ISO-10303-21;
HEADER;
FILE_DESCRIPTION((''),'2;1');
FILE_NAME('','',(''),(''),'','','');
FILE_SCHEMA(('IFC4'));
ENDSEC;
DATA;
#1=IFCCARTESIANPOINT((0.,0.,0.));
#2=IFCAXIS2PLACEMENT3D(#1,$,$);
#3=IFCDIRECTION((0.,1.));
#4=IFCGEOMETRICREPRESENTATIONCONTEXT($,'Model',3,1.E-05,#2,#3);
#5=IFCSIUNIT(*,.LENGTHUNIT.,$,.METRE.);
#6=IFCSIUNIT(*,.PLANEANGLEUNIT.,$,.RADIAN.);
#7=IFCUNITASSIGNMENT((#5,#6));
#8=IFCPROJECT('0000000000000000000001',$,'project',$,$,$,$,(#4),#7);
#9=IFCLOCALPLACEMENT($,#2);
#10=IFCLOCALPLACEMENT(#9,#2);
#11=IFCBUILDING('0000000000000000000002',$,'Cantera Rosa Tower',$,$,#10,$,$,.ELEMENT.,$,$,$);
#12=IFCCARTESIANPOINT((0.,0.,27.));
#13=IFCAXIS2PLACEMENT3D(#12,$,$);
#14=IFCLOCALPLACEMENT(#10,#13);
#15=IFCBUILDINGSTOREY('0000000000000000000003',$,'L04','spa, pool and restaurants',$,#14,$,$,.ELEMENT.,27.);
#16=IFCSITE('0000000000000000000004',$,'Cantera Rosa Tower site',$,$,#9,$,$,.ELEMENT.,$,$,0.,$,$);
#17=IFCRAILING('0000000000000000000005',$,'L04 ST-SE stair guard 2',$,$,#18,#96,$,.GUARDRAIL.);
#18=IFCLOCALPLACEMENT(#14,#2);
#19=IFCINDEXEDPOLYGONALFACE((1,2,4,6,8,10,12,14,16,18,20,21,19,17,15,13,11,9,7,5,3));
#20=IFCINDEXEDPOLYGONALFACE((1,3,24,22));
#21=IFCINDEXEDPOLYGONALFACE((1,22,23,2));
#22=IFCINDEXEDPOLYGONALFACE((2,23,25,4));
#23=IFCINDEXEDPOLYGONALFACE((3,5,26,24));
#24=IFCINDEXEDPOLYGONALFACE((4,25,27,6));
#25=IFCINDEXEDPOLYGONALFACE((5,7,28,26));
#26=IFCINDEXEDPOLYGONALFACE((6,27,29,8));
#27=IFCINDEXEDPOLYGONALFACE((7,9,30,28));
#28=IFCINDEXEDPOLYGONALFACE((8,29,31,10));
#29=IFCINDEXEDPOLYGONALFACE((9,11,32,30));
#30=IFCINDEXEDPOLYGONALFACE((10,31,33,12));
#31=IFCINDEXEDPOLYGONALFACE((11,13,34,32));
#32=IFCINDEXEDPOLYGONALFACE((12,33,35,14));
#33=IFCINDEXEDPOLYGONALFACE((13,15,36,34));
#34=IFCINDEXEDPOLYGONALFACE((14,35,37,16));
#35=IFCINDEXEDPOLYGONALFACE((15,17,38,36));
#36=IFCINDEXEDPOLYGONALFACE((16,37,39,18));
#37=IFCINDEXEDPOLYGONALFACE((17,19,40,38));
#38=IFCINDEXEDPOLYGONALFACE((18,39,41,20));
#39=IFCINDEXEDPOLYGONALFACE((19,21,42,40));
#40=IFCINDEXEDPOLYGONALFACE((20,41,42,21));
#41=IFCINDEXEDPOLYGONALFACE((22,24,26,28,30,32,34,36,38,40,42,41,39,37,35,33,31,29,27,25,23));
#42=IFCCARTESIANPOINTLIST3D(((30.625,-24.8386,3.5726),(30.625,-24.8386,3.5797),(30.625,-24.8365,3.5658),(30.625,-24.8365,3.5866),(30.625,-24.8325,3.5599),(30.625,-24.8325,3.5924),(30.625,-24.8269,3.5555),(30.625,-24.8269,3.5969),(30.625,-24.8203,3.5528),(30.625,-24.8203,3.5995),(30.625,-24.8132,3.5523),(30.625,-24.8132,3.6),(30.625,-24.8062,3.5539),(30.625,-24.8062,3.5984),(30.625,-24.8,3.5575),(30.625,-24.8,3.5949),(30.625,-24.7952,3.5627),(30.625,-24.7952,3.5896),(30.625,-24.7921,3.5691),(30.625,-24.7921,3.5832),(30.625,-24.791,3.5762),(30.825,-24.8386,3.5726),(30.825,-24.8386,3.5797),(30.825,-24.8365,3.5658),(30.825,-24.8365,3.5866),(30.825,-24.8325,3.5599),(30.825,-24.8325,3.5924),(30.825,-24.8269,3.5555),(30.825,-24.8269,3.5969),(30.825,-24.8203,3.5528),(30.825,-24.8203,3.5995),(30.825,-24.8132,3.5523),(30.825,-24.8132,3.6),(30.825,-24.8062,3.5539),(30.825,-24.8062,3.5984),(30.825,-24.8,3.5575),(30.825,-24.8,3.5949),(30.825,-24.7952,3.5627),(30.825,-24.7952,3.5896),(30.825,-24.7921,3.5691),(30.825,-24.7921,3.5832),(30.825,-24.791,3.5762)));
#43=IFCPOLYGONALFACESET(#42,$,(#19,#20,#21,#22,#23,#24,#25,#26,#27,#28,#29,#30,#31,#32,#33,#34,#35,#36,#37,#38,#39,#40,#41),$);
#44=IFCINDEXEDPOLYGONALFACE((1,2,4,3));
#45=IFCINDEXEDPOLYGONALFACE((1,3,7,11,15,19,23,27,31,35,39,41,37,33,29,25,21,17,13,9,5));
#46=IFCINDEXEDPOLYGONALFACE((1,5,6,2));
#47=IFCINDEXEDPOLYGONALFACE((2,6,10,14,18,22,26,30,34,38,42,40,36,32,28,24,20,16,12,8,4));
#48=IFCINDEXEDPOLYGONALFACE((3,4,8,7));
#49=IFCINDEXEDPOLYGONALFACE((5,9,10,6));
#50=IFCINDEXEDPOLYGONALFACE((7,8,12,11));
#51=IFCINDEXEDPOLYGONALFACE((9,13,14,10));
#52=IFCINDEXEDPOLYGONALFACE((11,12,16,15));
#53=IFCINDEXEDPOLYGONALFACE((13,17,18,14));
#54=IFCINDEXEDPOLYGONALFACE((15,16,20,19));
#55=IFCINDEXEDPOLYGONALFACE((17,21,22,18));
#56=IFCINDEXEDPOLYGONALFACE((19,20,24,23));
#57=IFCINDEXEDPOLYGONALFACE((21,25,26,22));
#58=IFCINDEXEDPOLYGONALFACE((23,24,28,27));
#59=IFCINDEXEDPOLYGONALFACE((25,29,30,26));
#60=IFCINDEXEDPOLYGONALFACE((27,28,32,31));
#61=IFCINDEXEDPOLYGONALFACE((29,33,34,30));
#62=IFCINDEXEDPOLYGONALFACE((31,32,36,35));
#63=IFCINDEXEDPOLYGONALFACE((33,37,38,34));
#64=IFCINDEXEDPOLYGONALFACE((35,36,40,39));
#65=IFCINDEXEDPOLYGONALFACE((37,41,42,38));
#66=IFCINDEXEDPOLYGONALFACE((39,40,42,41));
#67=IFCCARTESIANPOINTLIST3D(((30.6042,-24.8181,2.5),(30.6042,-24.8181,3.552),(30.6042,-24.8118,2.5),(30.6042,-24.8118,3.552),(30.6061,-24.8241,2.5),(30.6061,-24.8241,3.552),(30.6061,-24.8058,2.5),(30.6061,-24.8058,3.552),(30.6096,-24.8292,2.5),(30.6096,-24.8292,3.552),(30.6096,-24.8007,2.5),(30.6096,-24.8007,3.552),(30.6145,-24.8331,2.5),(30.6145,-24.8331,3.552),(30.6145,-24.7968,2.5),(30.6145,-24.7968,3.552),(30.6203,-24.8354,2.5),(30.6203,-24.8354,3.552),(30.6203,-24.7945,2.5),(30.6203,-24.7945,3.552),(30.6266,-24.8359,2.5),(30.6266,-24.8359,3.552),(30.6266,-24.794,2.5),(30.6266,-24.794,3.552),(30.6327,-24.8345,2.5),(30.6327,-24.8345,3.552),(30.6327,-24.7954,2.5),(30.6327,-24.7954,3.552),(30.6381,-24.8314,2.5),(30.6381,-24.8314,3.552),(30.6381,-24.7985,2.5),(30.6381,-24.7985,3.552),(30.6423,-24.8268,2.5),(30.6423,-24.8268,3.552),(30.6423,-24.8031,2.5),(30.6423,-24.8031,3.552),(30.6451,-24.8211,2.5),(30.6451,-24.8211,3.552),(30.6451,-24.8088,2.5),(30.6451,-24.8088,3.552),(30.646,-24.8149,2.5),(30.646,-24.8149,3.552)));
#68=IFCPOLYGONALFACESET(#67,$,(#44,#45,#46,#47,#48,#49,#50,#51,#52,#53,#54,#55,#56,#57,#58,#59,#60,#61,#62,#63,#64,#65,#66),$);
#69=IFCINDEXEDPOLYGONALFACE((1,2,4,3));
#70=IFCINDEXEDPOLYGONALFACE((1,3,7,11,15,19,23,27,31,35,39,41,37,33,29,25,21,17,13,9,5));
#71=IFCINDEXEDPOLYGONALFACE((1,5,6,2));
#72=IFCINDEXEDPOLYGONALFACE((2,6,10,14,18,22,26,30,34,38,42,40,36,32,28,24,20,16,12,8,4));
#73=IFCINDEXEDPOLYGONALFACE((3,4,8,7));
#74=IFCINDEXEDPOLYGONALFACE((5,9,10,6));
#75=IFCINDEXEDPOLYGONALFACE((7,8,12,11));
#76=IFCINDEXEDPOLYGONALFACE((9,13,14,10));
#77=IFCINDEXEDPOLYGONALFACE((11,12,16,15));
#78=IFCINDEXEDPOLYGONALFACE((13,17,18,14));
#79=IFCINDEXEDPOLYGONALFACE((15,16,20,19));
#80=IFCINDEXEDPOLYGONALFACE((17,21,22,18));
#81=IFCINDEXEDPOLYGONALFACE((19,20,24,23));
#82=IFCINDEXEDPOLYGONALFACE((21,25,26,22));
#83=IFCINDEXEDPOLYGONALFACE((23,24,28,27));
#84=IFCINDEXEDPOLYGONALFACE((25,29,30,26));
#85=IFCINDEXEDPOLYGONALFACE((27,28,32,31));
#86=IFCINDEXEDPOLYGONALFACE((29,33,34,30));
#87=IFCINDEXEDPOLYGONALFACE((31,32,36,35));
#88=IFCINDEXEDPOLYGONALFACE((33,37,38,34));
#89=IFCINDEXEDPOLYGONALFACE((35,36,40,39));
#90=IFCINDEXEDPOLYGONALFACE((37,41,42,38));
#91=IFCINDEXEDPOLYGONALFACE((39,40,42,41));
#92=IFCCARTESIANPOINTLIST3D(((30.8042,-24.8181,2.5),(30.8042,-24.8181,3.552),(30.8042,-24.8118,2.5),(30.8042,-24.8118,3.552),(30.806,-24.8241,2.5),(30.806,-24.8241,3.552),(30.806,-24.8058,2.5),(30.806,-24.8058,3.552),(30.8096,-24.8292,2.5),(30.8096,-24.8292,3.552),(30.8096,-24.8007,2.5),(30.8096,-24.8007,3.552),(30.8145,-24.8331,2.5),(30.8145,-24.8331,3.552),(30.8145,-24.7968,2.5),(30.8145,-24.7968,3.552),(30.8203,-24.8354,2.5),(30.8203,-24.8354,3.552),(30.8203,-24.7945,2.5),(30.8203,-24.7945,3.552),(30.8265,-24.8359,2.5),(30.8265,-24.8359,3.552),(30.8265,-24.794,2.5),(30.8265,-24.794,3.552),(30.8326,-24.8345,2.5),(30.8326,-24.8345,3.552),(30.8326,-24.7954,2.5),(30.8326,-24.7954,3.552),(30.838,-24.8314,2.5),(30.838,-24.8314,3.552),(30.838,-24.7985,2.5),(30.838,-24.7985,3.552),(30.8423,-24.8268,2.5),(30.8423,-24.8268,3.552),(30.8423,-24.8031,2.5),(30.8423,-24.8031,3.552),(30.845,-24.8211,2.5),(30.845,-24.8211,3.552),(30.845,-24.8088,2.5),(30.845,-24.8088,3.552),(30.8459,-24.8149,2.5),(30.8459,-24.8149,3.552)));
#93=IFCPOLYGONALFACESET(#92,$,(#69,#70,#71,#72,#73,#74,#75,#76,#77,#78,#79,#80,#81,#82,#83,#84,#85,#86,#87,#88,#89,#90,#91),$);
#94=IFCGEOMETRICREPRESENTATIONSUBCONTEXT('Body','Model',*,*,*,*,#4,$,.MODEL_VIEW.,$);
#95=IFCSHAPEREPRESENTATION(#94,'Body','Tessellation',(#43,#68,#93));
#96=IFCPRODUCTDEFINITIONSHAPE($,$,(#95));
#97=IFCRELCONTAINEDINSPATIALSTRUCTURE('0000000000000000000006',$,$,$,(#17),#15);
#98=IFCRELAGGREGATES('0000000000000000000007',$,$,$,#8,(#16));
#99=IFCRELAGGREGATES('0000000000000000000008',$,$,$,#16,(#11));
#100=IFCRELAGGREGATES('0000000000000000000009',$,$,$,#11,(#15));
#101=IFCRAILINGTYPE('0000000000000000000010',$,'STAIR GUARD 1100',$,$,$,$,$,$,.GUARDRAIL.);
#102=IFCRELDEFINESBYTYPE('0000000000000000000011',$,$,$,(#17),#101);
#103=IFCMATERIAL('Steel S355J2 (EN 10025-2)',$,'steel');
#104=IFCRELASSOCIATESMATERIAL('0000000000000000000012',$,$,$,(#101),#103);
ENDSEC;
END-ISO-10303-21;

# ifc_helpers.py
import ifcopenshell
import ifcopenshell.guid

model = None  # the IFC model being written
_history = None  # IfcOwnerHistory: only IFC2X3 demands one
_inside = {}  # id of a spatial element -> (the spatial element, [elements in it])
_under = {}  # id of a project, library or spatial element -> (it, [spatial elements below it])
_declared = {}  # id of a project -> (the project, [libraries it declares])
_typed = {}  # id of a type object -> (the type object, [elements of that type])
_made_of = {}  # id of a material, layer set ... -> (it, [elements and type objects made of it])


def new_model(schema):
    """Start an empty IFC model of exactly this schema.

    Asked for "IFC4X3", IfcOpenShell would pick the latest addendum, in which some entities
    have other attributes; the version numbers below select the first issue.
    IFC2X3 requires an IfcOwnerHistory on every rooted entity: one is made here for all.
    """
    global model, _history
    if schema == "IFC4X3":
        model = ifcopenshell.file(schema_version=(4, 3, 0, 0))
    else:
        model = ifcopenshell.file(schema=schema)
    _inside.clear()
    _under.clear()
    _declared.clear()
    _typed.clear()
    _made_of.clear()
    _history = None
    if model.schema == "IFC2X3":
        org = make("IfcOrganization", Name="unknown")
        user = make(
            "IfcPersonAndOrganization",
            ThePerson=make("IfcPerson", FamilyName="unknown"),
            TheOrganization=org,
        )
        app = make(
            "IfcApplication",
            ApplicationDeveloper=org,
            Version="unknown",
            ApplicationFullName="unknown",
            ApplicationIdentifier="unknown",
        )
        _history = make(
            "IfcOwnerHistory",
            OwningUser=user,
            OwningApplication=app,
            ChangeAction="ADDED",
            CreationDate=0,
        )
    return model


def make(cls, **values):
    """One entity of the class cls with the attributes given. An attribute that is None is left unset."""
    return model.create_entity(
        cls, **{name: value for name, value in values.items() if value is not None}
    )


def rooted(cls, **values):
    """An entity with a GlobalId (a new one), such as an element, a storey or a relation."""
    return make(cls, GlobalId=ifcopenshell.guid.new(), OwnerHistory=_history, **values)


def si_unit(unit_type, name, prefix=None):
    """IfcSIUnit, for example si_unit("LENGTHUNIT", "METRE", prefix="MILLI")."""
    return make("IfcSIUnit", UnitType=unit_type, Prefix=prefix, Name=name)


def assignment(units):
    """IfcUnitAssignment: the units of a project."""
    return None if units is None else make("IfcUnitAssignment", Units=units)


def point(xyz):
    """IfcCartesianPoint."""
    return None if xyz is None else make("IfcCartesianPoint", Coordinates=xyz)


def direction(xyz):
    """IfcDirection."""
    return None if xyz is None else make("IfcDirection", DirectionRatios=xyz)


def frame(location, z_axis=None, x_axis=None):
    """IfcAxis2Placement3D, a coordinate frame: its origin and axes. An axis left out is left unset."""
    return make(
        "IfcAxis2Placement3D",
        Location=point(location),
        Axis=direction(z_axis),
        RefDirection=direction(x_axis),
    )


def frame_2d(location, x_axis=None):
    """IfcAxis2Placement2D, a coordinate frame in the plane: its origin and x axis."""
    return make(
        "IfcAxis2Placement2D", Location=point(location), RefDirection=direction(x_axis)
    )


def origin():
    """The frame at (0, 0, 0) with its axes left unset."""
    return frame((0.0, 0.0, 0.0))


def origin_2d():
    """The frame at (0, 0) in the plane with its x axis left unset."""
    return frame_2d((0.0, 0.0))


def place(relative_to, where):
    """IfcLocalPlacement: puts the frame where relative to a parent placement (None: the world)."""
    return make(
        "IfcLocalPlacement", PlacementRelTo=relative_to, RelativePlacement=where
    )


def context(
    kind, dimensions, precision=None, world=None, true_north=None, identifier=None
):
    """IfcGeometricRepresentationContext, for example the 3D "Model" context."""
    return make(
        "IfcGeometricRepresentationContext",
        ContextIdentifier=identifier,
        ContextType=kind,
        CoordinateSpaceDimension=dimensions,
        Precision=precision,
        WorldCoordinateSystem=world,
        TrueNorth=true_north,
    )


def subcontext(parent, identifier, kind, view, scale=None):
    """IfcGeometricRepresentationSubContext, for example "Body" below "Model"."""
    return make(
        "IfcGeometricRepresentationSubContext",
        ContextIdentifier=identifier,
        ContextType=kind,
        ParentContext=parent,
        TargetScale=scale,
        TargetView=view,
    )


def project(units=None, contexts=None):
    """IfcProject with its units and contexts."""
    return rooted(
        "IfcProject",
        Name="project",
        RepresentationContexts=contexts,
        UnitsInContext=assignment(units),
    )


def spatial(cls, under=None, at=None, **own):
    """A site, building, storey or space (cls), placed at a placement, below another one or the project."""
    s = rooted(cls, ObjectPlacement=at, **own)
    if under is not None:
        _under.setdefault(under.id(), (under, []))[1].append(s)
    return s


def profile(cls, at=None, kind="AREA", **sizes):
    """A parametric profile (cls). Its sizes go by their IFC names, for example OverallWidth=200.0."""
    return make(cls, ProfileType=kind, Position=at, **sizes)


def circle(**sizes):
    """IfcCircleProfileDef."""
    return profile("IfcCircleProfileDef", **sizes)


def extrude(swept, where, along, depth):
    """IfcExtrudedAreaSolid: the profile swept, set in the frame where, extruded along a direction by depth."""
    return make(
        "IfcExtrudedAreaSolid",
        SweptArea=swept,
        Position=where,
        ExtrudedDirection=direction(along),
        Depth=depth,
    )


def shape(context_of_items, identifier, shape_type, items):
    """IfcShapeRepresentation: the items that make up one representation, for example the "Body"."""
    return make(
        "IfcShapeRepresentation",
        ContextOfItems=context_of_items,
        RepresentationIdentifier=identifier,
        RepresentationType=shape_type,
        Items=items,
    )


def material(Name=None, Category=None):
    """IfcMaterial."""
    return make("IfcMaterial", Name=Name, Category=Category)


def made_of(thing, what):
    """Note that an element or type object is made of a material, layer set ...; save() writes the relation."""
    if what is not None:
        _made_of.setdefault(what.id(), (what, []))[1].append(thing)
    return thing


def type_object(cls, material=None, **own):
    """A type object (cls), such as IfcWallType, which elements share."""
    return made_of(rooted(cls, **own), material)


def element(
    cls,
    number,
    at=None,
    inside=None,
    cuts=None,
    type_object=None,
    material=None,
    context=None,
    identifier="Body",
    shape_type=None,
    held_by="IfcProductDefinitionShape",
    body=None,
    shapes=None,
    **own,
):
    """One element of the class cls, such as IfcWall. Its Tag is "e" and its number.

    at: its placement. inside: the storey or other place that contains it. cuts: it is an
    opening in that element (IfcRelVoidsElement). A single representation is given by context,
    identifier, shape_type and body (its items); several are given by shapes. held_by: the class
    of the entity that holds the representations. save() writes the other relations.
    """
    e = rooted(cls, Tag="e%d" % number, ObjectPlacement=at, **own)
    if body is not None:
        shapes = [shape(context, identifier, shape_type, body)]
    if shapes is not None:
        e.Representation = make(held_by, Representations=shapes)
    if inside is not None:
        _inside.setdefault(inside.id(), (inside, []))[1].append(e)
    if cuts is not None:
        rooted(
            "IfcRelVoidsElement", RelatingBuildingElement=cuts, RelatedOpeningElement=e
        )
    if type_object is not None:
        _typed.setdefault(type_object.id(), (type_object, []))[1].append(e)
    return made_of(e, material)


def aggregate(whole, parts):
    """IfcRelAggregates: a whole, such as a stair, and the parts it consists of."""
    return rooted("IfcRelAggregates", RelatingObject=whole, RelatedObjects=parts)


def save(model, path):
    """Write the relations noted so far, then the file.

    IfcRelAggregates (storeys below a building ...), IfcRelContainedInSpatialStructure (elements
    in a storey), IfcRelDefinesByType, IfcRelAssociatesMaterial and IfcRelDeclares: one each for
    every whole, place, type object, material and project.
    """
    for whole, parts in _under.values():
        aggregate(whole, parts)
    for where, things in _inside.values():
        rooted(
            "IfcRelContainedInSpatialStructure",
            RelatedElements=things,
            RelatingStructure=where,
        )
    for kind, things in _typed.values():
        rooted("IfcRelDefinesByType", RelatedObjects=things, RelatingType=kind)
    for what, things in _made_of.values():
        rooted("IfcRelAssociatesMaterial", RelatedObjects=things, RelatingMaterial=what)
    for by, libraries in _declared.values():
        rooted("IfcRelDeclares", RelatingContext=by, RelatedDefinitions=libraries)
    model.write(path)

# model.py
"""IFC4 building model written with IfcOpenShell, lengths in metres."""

from ifc_helpers import new_model, si_unit, direction, frame, origin, origin_2d, place, context, subcontext, project, spatial, circle, extrude, material, type_object, element, save


model = new_model("IFC4")

# Units and contexts
model_context = context("Model", 3, precision=1e-05, world=origin(), true_north=direction((0.0, 1.0)))
body_context = subcontext(model_context, "Body", "Model", "MODEL_VIEW")
ifc_project = project(units=[si_unit("LENGTHUNIT", "METRE"), si_unit("PLANEANGLEUNIT", "RADIAN")], contexts=[model_context])

# Site, building, storey
site_placement = place(None, origin())
site = spatial("IfcSite", under=ifc_project, at=site_placement, Name="Cantera Rosa Tower site", CompositionType="ELEMENT", RefElevation=0.0)
building_placement = place(site_placement, origin())
building = spatial("IfcBuilding", under=site, at=building_placement, Name="Cantera Rosa Tower", CompositionType="ELEMENT")
storey_placement = place(building_placement, frame((0.0, 0.0, 27.0)))
storey = spatial("IfcBuildingStorey", under=building, at=storey_placement, Name="L04", Description="spa, pool and restaurants", CompositionType="ELEMENT", Elevation=27.0)

# Railing
ifc_material_1 = material(Name="Steel S355J2 (EN 10025-2)", Category="steel")
railing_type_1 = type_object("IfcRailingType", Name="STAIR GUARD 1100", PredefinedType="GUARDRAIL", material=ifc_material_1)
railing_1_placement = place(storey_placement, frame((30.625, -24.8149, 2.5)))
element("IfcRailing", 1, at=railing_1_placement, inside=storey, type_object=railing_type_1, Name="L04 ST-SE stair guard 2", PredefinedType="GUARDRAIL", context=body_context, shape_type="SweptSolid", body=[
    extrude(circle(Radius=0.0239, at=origin_2d()), frame((0.0, 0.0, 1.0762), z_axis=(1.0, 0.0, 0.0), x_axis=(0.0, 1.0, 0.0)), (0.0, 0.0, 1.0), 0.2),
    extrude(circle(Radius=0.021, at=origin_2d()), origin(), (0.0, 0.0, 1.0), 1.052),
    extrude(circle(Radius=0.021, at=origin_2d()), frame((0.2, 0.0, 0.0)), (0.0, 0.0, 1.0), 1.052),
])

save(model, "model.ifc")
